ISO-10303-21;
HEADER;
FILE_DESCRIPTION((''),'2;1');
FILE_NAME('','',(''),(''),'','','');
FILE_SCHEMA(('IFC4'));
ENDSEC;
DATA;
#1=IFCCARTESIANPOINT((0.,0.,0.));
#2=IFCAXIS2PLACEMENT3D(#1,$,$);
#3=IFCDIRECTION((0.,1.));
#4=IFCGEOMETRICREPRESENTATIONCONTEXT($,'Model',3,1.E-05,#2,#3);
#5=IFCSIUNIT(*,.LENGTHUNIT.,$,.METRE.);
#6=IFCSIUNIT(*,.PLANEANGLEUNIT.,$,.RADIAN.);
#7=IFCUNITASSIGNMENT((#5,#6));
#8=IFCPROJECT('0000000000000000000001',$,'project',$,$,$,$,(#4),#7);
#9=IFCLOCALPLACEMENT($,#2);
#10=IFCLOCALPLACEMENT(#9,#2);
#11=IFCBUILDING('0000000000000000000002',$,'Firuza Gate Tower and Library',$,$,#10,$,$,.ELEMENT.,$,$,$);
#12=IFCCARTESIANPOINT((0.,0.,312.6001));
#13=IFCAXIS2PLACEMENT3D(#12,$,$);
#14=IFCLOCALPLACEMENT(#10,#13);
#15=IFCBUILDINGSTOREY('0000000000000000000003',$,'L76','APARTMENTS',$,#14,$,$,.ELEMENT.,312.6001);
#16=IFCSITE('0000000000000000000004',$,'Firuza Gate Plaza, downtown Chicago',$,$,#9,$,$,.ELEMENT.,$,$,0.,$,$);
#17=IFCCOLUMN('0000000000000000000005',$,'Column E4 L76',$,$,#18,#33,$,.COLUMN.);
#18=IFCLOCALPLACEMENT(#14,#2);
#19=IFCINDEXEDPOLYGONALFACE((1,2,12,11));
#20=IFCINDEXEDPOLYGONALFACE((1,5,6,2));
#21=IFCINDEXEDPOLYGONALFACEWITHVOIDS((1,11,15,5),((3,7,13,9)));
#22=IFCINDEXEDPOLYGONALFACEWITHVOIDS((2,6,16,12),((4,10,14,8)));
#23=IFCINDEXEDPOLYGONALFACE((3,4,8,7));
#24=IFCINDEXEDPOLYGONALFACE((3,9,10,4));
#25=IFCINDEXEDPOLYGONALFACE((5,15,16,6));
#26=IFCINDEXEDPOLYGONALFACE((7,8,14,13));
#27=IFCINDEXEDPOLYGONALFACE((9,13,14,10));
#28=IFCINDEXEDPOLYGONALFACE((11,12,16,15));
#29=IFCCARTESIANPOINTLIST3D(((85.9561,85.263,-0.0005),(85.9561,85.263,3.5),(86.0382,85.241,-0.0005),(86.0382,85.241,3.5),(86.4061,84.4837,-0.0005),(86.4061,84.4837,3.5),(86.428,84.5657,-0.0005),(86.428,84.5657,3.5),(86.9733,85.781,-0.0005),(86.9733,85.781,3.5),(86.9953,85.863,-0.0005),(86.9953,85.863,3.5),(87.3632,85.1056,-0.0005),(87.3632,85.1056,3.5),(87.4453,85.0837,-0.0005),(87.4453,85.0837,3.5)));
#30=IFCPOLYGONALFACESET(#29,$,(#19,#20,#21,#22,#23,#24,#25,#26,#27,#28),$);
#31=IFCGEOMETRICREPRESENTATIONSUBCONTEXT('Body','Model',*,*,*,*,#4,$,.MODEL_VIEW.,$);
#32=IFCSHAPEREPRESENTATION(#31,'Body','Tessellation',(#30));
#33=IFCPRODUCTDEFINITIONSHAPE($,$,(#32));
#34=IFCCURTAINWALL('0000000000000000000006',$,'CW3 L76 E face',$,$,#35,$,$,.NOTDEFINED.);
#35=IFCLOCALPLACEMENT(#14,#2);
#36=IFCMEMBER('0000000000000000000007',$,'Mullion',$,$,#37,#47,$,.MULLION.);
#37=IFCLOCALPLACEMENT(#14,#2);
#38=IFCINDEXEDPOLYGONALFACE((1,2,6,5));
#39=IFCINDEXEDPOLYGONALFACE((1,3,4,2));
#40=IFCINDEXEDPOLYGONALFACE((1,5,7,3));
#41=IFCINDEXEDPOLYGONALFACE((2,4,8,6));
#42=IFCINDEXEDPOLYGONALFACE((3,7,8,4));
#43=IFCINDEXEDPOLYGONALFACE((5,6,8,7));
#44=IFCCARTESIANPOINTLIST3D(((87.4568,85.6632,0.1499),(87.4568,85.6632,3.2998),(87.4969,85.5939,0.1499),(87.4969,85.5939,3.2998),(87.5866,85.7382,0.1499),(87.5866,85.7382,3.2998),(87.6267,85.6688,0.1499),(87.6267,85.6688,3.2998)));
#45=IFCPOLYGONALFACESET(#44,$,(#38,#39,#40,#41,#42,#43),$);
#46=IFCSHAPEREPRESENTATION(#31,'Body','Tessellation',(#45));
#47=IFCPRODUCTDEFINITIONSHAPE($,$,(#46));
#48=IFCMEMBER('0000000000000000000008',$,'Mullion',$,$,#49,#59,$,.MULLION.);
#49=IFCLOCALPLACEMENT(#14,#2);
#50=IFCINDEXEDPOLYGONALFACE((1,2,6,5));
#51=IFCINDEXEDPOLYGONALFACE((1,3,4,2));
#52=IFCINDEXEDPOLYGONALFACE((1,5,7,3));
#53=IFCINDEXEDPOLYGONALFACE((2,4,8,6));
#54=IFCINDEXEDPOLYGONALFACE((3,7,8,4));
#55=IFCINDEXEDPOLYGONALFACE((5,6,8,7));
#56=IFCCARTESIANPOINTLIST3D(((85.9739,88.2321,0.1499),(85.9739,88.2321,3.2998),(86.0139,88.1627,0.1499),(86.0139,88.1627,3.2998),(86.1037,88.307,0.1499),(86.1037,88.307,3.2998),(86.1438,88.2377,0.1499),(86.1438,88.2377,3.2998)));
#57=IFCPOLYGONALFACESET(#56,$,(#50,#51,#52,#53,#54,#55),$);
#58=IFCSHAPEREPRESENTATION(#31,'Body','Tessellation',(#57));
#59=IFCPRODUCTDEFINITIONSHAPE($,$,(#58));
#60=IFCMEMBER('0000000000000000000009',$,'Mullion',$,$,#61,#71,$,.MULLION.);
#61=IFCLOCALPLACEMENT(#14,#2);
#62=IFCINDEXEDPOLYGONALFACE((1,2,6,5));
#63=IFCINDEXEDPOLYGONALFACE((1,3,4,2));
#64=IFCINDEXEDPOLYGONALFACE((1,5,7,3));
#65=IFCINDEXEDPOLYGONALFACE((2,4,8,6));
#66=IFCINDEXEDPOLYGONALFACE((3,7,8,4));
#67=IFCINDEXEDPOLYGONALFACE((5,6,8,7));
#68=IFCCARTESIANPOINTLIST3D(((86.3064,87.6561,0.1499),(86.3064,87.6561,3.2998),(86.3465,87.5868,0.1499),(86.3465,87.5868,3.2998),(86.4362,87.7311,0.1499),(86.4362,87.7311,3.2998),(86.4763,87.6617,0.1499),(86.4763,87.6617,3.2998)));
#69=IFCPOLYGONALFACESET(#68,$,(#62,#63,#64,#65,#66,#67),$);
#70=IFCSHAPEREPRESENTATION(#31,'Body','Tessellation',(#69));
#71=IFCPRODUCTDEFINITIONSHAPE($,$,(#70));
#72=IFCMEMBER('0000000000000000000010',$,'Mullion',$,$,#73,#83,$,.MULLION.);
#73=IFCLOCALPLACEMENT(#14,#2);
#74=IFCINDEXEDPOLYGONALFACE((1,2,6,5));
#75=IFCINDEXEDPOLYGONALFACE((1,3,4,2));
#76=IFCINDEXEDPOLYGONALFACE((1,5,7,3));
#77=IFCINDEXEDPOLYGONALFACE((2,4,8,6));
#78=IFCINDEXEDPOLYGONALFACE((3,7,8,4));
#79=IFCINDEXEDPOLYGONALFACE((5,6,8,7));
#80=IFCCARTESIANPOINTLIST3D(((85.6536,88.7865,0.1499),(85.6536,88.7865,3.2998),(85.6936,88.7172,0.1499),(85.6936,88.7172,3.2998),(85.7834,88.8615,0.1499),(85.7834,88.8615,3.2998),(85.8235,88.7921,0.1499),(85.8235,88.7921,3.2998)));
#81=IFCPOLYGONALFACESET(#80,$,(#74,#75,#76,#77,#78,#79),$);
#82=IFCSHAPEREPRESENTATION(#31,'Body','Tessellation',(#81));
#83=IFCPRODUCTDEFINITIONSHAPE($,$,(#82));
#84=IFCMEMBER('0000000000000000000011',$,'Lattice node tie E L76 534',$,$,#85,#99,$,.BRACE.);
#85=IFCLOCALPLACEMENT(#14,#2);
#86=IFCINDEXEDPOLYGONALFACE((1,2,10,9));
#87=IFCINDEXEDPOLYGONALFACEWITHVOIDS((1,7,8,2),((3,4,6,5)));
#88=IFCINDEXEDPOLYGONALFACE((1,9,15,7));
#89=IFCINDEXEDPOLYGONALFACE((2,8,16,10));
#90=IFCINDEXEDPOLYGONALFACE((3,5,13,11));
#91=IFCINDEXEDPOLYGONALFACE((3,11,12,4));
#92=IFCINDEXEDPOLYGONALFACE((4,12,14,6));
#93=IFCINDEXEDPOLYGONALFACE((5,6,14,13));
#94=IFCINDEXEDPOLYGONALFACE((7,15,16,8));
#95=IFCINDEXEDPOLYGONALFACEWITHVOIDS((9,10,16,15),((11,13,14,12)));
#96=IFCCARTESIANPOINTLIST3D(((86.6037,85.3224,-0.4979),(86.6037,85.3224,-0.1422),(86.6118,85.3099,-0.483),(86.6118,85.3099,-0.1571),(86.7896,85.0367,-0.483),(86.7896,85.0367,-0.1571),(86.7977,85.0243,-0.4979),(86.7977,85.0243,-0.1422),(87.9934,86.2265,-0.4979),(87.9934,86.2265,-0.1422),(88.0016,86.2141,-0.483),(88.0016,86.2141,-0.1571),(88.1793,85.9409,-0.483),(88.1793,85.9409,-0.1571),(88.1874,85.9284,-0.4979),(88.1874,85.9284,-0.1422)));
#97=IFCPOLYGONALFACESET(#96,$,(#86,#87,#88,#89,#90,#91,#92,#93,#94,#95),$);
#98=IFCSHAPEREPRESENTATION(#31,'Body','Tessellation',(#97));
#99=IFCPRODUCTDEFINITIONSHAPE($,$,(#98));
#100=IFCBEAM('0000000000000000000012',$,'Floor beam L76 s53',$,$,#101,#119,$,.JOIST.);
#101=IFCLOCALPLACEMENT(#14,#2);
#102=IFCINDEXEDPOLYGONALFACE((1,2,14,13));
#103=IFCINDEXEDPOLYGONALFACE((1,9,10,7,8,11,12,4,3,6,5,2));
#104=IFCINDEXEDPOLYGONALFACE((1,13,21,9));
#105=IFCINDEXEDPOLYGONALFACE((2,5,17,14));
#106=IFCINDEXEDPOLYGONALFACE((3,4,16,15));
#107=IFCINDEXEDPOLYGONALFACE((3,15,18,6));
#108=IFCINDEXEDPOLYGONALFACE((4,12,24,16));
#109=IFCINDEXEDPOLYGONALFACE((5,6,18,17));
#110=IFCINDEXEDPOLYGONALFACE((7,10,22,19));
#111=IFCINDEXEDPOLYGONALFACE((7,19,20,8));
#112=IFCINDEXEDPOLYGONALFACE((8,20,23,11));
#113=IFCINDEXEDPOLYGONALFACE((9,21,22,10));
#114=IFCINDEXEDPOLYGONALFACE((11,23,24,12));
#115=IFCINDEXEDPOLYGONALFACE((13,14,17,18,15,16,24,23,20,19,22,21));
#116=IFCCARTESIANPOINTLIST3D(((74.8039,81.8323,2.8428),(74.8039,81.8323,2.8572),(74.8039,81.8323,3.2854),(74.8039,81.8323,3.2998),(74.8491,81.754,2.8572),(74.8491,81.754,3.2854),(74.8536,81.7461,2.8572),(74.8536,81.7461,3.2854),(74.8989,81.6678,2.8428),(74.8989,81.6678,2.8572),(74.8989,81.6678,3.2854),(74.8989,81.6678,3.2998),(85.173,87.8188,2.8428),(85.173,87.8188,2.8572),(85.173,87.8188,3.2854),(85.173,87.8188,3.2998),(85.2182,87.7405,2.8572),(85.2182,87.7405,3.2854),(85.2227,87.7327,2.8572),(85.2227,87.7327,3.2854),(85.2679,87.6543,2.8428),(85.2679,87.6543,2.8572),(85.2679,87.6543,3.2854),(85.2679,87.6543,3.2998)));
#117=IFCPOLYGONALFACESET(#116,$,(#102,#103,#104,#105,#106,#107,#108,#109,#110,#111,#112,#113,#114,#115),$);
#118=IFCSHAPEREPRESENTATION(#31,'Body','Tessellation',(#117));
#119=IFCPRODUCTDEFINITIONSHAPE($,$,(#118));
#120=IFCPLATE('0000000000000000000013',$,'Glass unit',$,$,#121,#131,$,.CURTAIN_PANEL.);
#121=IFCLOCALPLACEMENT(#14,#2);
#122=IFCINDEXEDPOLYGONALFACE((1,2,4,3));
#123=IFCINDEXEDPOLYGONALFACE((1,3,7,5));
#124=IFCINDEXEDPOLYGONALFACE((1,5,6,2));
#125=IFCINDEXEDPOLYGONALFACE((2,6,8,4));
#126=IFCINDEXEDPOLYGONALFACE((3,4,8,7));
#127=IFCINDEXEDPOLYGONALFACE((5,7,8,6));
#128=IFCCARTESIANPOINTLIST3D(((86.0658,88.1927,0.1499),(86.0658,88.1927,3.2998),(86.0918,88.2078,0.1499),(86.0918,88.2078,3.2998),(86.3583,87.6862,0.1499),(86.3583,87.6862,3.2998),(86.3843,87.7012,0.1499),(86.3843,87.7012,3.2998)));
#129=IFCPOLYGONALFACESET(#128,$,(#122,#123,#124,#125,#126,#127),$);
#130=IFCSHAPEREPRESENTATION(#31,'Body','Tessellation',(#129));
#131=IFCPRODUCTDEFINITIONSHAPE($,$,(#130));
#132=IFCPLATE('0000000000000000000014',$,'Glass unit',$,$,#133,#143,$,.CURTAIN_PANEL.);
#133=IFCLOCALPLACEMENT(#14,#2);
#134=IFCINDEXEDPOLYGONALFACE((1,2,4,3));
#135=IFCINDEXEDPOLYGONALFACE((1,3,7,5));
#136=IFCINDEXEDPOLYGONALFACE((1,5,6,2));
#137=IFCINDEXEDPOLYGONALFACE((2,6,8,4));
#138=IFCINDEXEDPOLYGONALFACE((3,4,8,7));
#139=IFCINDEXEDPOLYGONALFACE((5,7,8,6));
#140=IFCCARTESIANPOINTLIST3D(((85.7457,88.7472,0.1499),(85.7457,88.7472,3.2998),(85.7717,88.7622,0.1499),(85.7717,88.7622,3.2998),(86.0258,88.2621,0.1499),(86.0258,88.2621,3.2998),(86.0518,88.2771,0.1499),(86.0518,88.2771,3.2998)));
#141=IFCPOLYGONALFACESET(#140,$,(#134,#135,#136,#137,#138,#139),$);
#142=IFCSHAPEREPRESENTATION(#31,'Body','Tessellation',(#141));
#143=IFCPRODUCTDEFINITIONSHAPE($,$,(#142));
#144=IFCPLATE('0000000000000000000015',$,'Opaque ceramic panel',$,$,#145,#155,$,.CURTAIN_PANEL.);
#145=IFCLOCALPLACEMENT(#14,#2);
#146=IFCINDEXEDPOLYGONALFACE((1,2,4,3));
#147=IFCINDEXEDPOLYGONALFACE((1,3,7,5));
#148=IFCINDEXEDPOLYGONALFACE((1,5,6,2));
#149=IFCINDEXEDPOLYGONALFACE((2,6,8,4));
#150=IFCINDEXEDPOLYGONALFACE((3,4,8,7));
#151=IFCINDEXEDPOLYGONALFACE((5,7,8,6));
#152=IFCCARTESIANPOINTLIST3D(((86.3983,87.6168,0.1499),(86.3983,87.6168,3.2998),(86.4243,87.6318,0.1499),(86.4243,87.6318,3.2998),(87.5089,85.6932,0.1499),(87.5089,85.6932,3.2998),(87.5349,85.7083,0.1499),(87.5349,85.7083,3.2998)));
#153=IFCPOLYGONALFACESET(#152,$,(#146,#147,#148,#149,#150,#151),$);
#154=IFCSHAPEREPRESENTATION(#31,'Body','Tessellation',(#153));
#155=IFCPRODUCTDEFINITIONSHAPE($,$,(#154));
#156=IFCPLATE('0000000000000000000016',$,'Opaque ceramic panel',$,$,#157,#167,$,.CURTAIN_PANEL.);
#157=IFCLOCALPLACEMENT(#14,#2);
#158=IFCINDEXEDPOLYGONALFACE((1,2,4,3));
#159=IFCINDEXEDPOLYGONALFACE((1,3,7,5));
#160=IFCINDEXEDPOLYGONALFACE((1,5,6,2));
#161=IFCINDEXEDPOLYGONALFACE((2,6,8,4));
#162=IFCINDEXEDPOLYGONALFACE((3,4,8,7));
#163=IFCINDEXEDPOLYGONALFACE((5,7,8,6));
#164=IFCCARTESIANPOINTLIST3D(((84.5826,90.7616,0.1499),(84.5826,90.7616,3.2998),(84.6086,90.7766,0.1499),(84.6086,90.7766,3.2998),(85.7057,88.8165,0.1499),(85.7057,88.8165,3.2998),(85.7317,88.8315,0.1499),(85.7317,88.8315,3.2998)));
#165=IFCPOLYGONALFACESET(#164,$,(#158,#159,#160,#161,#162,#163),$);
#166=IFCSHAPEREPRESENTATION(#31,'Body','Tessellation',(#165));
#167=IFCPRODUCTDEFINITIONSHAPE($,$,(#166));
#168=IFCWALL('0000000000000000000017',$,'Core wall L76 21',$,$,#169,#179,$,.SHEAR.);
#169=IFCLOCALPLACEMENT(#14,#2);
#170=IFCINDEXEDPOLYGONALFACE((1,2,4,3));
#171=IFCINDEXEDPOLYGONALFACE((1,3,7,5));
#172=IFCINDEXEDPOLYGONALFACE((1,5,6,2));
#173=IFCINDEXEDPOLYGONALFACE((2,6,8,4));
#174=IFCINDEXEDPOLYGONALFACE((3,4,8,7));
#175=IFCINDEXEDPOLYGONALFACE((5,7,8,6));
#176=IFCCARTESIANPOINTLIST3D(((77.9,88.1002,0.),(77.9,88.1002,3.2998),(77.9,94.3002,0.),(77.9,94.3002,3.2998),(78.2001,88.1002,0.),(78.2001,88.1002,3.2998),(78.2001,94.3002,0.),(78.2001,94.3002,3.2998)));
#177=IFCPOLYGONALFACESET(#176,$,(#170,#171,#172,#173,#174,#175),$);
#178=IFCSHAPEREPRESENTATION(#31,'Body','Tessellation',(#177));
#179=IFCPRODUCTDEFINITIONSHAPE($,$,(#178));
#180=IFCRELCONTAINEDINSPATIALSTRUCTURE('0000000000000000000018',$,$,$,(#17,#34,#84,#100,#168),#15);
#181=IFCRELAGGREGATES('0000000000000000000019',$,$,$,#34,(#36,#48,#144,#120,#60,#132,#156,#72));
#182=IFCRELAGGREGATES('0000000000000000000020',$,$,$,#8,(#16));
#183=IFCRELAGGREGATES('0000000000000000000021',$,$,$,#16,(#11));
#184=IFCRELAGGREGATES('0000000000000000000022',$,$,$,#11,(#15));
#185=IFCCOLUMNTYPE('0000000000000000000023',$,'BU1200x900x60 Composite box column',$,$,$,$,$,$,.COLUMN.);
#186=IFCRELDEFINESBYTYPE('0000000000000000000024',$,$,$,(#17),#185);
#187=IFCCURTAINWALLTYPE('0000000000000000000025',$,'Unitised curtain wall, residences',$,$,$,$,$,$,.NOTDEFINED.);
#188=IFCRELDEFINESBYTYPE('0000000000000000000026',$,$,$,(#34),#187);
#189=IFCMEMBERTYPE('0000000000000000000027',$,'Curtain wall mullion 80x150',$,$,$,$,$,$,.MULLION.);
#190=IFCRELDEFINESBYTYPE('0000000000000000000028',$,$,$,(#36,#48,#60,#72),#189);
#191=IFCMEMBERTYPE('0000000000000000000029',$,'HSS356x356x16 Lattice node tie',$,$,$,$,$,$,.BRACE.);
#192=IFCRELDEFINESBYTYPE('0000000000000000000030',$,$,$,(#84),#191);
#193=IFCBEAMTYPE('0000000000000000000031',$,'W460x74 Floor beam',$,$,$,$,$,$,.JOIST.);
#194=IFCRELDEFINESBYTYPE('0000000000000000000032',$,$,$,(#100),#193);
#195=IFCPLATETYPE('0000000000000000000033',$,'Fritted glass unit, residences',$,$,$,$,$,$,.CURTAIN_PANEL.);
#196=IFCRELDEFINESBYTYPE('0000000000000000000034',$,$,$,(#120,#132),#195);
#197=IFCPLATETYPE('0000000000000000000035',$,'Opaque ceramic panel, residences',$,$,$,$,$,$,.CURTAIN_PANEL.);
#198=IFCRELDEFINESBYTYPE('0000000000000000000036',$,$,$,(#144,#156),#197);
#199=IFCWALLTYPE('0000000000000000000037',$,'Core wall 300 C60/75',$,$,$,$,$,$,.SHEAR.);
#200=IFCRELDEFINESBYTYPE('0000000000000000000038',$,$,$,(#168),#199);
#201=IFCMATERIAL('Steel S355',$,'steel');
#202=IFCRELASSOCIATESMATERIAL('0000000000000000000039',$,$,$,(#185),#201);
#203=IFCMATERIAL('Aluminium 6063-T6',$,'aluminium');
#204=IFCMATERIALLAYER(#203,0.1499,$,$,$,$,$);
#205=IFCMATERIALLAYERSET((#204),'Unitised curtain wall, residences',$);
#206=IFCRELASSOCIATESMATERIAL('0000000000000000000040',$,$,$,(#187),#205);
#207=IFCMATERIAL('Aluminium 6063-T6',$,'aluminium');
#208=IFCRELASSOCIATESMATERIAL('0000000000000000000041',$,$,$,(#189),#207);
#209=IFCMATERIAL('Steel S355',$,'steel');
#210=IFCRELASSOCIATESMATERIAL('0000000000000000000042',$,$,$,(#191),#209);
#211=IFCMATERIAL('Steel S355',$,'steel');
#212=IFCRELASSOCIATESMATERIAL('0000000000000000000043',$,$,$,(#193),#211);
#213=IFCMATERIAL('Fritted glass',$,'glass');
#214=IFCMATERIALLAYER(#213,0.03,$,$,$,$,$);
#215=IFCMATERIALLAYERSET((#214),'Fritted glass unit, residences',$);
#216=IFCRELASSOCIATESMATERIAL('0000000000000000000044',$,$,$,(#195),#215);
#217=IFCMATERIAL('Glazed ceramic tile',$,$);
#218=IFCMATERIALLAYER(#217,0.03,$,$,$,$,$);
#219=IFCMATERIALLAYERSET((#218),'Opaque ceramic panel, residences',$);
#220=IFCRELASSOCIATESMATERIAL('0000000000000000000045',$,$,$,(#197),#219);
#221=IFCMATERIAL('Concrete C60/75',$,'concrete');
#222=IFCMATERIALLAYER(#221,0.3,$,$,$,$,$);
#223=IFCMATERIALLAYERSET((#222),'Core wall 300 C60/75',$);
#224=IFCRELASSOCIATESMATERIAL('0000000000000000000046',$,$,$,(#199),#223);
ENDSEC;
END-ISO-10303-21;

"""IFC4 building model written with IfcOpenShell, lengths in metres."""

from ifc_helpers import new_model, si_unit, direction, frame, frame_2d, origin, origin_2d, place, context, subcontext, project, spatial, polyline, rectangle, hollow_rectangle, i_section, outline, extrude, material, layer, layer_set, material_profile, profile_set, type_object, element, aggregate, save


model = new_model("IFC4")

# Units and contexts
model_context = context("Model", 3, precision=1e-05, world=origin(), true_north=direction((0.0, 1.0)))
body_context = subcontext(model_context, "Body", "Model", "MODEL_VIEW")
ifc_project = project(units=[si_unit("LENGTHUNIT", "METRE"), si_unit("PLANEANGLEUNIT", "RADIAN")], contexts=[model_context])

# Site, building, storey
site_placement = place(None, origin())
site = spatial("IfcSite", under=ifc_project, at=site_placement, Name="Firuza Gate Plaza, downtown Chicago", CompositionType="ELEMENT", RefElevation=0.0)
building_placement = place(site_placement, origin())
building = spatial("IfcBuilding", under=site, at=building_placement, Name="Firuza Gate Tower and Library", CompositionType="ELEMENT")
storey_placement = place(building_placement, frame((0.0, 0.0, 312.6001)))
storey = spatial("IfcBuildingStorey", under=building, at=storey_placement, Name="L76", Description="APARTMENTS", CompositionType="ELEMENT", Elevation=312.6001)

# Column
ifc_material_1 = material(Name="Steel S355", Category="steel")
ifc_material_profile_1 = material_profile(ifc_material_1, hollow_rectangle(XDim=0.8999, YDim=1.2, WallThickness=0.0601, at=origin_2d()))
ifc_profile_set_1 = profile_set([ifc_material_profile_1], Name="Steel S355")
column_type = type_object("IfcColumnType", Name="BU1200x900x60 Composite box column", PredefinedType="COLUMN", material=ifc_profile_set_1)
column_placement = place(storey_placement, frame((86.7007, 85.1733, -0.0005), z_axis=(0.0, 0.0, 1.0), x_axis=(-0.5, 0.866025, 0.0)))
element("IfcColumn", 1, at=column_placement, inside=storey, type_object=column_type, Name="Column E4 L76", PredefinedType="COLUMN", context=body_context, shape_type="SweptSolid", body=[
    extrude(hollow_rectangle(XDim=0.8999, YDim=1.2, WallThickness=0.0601, at=origin_2d()), origin(), (0.0, 0.0, 1.0), 3.5005),
])

# Curtain wall, members
ifc_material_2 = material(Name="Aluminium 6063-T6", Category="aluminium")
ifc_layer_1 = layer(ifc_material_2, 0.1499)
ifc_layer_set_1 = layer_set([ifc_layer_1], Name="Unitised curtain wall, residences")
curtain_wall_type = type_object("IfcCurtainWallType", Name="Unitised curtain wall, residences", PredefinedType="NOTDEFINED", material=ifc_layer_set_1)
curtain_wall_placement = place(storey_placement, origin())
curtain_wall = element("IfcCurtainWall", 2, at=curtain_wall_placement, inside=storey, type_object=curtain_wall_type, Name="CW3 L76 E face", PredefinedType="NOTDEFINED")
ifc_material_3 = material(Name="Aluminium 6063-T6", Category="aluminium")
ifc_material_profile_2 = material_profile(ifc_material_3, rectangle(XDim=0.1499, YDim=0.0801, at=origin_2d()))
ifc_profile_set_2 = profile_set([ifc_material_profile_2], Name="Aluminium 6063-T6")
member_type_1 = type_object("IfcMemberType", Name="Curtain wall mullion 80x150", PredefinedType="MULLION", material=ifc_profile_set_2)
member_1_placement = place(storey_placement, frame((87.5417, 85.666, 0.1499), z_axis=(0.0, 0.0, 1.0), x_axis=(-0.866025, -0.5, 0.0)))
member_1 = element("IfcMember", 3, at=member_1_placement, type_object=member_type_1, Name="Mullion", PredefinedType="MULLION", context=body_context, shape_type="SweptSolid", body=[
    extrude(rectangle(XDim=0.1499, YDim=0.0801, at=origin_2d()), origin(), (0.0, 0.0, 1.0), 3.1499),
])
member_2_placement = place(storey_placement, frame((86.0588, 88.2349, 0.1499), z_axis=(0.0, 0.0, 1.0), x_axis=(-0.866025, -0.5, 0.0)))
member_2 = element("IfcMember", 4, at=member_2_placement, type_object=member_type_1, Name="Mullion", PredefinedType="MULLION", context=body_context, shape_type="SweptSolid", body=[
    extrude(rectangle(XDim=0.1499, YDim=0.0801, at=origin_2d()), origin(), (0.0, 0.0, 1.0), 3.1499),
])
member_3_placement = place(storey_placement, frame((86.3914, 87.6589, 0.1499), z_axis=(0.0, 0.0, 1.0), x_axis=(-0.866025, -0.5, 0.0)))
member_3 = element("IfcMember", 5, at=member_3_placement, type_object=member_type_1, Name="Mullion", PredefinedType="MULLION", context=body_context, shape_type="SweptSolid", body=[
    extrude(rectangle(XDim=0.1499, YDim=0.0801, at=origin_2d()), origin(), (0.0, 0.0, 1.0), 3.1499),
])
member_4_placement = place(storey_placement, frame((85.7385, 88.7893, 0.1499), z_axis=(0.0, 0.0, 1.0), x_axis=(-0.866025, -0.5, 0.0)))
member_4 = element("IfcMember", 6, at=member_4_placement, type_object=member_type_1, Name="Mullion", PredefinedType="MULLION", context=body_context, shape_type="SweptSolid", body=[
    extrude(rectangle(XDim=0.1499, YDim=0.0801, at=origin_2d()), origin(), (0.0, 0.0, 1.0), 3.1499),
])

# Member
ifc_material_4 = material(Name="Steel S355", Category="steel")
ifc_material_profile_3 = material_profile(ifc_material_4, hollow_rectangle(XDim=0.3557, YDim=0.3557, WallThickness=0.0149, at=origin_2d()))
ifc_profile_set_3 = profile_set([ifc_material_profile_3], Name="Steel S355")
member_type_2 = type_object("IfcMemberType", Name="HSS356x356x16 Lattice node tie", PredefinedType="BRACE", material=ifc_profile_set_3)
member_5_placement = place(storey_placement, frame((86.7007, 85.1733, -0.3201), z_axis=(0.838228, 0.54532, 0.0), x_axis=(-0.54532, 0.838228, 0.0)))
element("IfcMember", 7, at=member_5_placement, inside=storey, type_object=member_type_2, Name="Lattice node tie E L76 534", PredefinedType="BRACE", context=body_context, shape_type="SweptSolid", body=[
    extrude(hollow_rectangle(XDim=0.3557, YDim=0.3557, WallThickness=0.0149, at=origin_2d()), origin(), (0.0, 0.0, 1.0), 1.658),
])

# Beam
ifc_material_5 = material(Name="Steel S355", Category="steel")
ifc_material_profile_4 = material_profile(ifc_material_5, i_section(OverallWidth=0.1899, OverallDepth=0.457, WebThickness=0.009, FlangeThickness=0.0144, at=origin_2d()))
ifc_profile_set_4 = profile_set([ifc_material_profile_4], Name="Steel S355")
beam_type = type_object("IfcBeamType", Name="W460x74 Floor beam", PredefinedType="JOIST", material=ifc_profile_set_4)
beam_placement = place(storey_placement, frame((85.2205, 87.7366, 3.0713), z_axis=(-0.866027, -0.499997, 0.0), x_axis=(0.499997, -0.866027, 0.0)))
element("IfcBeam", 8, at=beam_placement, inside=storey, type_object=beam_type, Name="Floor beam L76 s53", PredefinedType="JOIST", context=body_context, shape_type="SweptSolid", body=[
    extrude(i_section(OverallWidth=0.1899, OverallDepth=0.457, WebThickness=0.009, FlangeThickness=0.0144, at=origin_2d()), origin(), (0.0, 0.0, 1.0), 11.9731),
])

# Plates
ifc_material_6 = material(Name="Fritted glass", Category="glass")
ifc_layer_2 = layer(ifc_material_6, 0.03)
ifc_layer_set_2 = layer_set([ifc_layer_2], Name="Fritted glass unit, residences")
plate_type_1 = type_object("IfcPlateType", Name="Fritted glass unit, residences", PredefinedType="CURTAIN_PANEL", material=ifc_layer_set_2)
plate_1_placement = place(storey_placement, frame((86.3843, 87.7012, 0.1499), z_axis=(0.866026, 0.499999, 0.0), x_axis=(-0.499999, 0.866026, 0.0)))
plate_1 = element("IfcPlate", 9, at=plate_1_placement, type_object=plate_type_1, Name="Glass unit", PredefinedType="CURTAIN_PANEL", context=body_context, shape_type="SweptSolid", body=[
    extrude(outline(polyline([(0.0, 0.0), (0.585, 0.0), (0.585, 3.1499), (0.0, 3.1499), (0.0, 0.0)])), origin(), (0.0, 0.0, -1.0), 0.03),
])
plate_2_placement = place(storey_placement, frame((86.0518, 88.2771, 0.1499), z_axis=(0.866062, 0.499936, 0.0), x_axis=(-0.499936, 0.866062, 0.0)))
plate_2 = element("IfcPlate", 10, at=plate_2_placement, type_object=plate_type_1, Name="Glass unit", PredefinedType="CURTAIN_PANEL", context=body_context, shape_type="SweptSolid", body=[
    extrude(outline(polyline([(0.0, 0.0), (0.5601, 0.0), (0.5601, 3.1499), (0.0, 3.1499), (0.0, 0.0)])), origin(), (0.0, 0.0, -1.0), 0.03),
])
ifc_material_7 = material(Name="Glazed ceramic tile")
ifc_layer_3 = layer(ifc_material_7, 0.03)
ifc_layer_set_3 = layer_set([ifc_layer_3], Name="Opaque ceramic panel, residences")
plate_type_2 = type_object("IfcPlateType", Name="Opaque ceramic panel, residences", PredefinedType="CURTAIN_PANEL", material=ifc_layer_set_3)
plate_3_placement = place(storey_placement, frame((87.5349, 85.7083, 0.1499), z_axis=(0.866023, 0.500005, 0.0), x_axis=(-0.500005, 0.866023, 0.0)))
plate_3 = element("IfcPlate", 11, at=plate_3_placement, type_object=plate_type_2, Name="Opaque ceramic panel", PredefinedType="CURTAIN_PANEL", context=body_context, shape_type="SweptSolid", body=[
    extrude(outline(polyline([(0.0, 0.0), (2.2212, 0.0), (2.2212, 3.1499), (0.0, 3.1499), (0.0, 0.0)])), origin(), (0.0, 0.0, -1.0), 0.03),
])
plate_4_placement = place(storey_placement, frame((85.7317, 88.8315, 0.1499), z_axis=(0.866014, 0.50002, 0.0), x_axis=(-0.50002, 0.866014, 0.0)))
plate_4 = element("IfcPlate", 12, at=plate_4_placement, type_object=plate_type_2, Name="Opaque ceramic panel", PredefinedType="CURTAIN_PANEL", context=body_context, shape_type="SweptSolid", body=[
    extrude(outline(polyline([(0.0, 0.0), (2.246, 0.0), (2.246, 3.1499), (0.0, 3.1499), (0.0, 0.0)])), origin(), (0.0, 0.0, -1.0), 0.03),
])
aggregate(curtain_wall, [member_1, member_2, plate_3, plate_1, member_3, plate_2, plate_4, member_4])

# Wall
ifc_material_8 = material(Name="Concrete C60/75", Category="concrete")
ifc_layer_4 = layer(ifc_material_8, 0.3)
ifc_layer_set_4 = layer_set([ifc_layer_4], Name="Core wall 300 C60/75")
wall_type_1 = type_object("IfcWallType", Name="Core wall 300 C60/75", PredefinedType="SHEAR", material=ifc_layer_set_4)
wall_1_placement = place(storey_placement, frame((78.05, 88.1001, 0.0), z_axis=(0.0, 0.0, 1.0), x_axis=(0.0, 1.0, 0.0)))
element("IfcWall", 13, at=wall_1_placement, inside=storey, type_object=wall_type_1, Name="Core wall L76 21", PredefinedType="SHEAR", context=body_context, shape_type="SweptSolid", body=[
    extrude(rectangle(XDim=6.2, YDim=0.3, at=frame_2d((3.1001, 0.0))), origin(), (0.0, 0.0, 1.0), 3.2998),
])

save(model, "model.ifc")
